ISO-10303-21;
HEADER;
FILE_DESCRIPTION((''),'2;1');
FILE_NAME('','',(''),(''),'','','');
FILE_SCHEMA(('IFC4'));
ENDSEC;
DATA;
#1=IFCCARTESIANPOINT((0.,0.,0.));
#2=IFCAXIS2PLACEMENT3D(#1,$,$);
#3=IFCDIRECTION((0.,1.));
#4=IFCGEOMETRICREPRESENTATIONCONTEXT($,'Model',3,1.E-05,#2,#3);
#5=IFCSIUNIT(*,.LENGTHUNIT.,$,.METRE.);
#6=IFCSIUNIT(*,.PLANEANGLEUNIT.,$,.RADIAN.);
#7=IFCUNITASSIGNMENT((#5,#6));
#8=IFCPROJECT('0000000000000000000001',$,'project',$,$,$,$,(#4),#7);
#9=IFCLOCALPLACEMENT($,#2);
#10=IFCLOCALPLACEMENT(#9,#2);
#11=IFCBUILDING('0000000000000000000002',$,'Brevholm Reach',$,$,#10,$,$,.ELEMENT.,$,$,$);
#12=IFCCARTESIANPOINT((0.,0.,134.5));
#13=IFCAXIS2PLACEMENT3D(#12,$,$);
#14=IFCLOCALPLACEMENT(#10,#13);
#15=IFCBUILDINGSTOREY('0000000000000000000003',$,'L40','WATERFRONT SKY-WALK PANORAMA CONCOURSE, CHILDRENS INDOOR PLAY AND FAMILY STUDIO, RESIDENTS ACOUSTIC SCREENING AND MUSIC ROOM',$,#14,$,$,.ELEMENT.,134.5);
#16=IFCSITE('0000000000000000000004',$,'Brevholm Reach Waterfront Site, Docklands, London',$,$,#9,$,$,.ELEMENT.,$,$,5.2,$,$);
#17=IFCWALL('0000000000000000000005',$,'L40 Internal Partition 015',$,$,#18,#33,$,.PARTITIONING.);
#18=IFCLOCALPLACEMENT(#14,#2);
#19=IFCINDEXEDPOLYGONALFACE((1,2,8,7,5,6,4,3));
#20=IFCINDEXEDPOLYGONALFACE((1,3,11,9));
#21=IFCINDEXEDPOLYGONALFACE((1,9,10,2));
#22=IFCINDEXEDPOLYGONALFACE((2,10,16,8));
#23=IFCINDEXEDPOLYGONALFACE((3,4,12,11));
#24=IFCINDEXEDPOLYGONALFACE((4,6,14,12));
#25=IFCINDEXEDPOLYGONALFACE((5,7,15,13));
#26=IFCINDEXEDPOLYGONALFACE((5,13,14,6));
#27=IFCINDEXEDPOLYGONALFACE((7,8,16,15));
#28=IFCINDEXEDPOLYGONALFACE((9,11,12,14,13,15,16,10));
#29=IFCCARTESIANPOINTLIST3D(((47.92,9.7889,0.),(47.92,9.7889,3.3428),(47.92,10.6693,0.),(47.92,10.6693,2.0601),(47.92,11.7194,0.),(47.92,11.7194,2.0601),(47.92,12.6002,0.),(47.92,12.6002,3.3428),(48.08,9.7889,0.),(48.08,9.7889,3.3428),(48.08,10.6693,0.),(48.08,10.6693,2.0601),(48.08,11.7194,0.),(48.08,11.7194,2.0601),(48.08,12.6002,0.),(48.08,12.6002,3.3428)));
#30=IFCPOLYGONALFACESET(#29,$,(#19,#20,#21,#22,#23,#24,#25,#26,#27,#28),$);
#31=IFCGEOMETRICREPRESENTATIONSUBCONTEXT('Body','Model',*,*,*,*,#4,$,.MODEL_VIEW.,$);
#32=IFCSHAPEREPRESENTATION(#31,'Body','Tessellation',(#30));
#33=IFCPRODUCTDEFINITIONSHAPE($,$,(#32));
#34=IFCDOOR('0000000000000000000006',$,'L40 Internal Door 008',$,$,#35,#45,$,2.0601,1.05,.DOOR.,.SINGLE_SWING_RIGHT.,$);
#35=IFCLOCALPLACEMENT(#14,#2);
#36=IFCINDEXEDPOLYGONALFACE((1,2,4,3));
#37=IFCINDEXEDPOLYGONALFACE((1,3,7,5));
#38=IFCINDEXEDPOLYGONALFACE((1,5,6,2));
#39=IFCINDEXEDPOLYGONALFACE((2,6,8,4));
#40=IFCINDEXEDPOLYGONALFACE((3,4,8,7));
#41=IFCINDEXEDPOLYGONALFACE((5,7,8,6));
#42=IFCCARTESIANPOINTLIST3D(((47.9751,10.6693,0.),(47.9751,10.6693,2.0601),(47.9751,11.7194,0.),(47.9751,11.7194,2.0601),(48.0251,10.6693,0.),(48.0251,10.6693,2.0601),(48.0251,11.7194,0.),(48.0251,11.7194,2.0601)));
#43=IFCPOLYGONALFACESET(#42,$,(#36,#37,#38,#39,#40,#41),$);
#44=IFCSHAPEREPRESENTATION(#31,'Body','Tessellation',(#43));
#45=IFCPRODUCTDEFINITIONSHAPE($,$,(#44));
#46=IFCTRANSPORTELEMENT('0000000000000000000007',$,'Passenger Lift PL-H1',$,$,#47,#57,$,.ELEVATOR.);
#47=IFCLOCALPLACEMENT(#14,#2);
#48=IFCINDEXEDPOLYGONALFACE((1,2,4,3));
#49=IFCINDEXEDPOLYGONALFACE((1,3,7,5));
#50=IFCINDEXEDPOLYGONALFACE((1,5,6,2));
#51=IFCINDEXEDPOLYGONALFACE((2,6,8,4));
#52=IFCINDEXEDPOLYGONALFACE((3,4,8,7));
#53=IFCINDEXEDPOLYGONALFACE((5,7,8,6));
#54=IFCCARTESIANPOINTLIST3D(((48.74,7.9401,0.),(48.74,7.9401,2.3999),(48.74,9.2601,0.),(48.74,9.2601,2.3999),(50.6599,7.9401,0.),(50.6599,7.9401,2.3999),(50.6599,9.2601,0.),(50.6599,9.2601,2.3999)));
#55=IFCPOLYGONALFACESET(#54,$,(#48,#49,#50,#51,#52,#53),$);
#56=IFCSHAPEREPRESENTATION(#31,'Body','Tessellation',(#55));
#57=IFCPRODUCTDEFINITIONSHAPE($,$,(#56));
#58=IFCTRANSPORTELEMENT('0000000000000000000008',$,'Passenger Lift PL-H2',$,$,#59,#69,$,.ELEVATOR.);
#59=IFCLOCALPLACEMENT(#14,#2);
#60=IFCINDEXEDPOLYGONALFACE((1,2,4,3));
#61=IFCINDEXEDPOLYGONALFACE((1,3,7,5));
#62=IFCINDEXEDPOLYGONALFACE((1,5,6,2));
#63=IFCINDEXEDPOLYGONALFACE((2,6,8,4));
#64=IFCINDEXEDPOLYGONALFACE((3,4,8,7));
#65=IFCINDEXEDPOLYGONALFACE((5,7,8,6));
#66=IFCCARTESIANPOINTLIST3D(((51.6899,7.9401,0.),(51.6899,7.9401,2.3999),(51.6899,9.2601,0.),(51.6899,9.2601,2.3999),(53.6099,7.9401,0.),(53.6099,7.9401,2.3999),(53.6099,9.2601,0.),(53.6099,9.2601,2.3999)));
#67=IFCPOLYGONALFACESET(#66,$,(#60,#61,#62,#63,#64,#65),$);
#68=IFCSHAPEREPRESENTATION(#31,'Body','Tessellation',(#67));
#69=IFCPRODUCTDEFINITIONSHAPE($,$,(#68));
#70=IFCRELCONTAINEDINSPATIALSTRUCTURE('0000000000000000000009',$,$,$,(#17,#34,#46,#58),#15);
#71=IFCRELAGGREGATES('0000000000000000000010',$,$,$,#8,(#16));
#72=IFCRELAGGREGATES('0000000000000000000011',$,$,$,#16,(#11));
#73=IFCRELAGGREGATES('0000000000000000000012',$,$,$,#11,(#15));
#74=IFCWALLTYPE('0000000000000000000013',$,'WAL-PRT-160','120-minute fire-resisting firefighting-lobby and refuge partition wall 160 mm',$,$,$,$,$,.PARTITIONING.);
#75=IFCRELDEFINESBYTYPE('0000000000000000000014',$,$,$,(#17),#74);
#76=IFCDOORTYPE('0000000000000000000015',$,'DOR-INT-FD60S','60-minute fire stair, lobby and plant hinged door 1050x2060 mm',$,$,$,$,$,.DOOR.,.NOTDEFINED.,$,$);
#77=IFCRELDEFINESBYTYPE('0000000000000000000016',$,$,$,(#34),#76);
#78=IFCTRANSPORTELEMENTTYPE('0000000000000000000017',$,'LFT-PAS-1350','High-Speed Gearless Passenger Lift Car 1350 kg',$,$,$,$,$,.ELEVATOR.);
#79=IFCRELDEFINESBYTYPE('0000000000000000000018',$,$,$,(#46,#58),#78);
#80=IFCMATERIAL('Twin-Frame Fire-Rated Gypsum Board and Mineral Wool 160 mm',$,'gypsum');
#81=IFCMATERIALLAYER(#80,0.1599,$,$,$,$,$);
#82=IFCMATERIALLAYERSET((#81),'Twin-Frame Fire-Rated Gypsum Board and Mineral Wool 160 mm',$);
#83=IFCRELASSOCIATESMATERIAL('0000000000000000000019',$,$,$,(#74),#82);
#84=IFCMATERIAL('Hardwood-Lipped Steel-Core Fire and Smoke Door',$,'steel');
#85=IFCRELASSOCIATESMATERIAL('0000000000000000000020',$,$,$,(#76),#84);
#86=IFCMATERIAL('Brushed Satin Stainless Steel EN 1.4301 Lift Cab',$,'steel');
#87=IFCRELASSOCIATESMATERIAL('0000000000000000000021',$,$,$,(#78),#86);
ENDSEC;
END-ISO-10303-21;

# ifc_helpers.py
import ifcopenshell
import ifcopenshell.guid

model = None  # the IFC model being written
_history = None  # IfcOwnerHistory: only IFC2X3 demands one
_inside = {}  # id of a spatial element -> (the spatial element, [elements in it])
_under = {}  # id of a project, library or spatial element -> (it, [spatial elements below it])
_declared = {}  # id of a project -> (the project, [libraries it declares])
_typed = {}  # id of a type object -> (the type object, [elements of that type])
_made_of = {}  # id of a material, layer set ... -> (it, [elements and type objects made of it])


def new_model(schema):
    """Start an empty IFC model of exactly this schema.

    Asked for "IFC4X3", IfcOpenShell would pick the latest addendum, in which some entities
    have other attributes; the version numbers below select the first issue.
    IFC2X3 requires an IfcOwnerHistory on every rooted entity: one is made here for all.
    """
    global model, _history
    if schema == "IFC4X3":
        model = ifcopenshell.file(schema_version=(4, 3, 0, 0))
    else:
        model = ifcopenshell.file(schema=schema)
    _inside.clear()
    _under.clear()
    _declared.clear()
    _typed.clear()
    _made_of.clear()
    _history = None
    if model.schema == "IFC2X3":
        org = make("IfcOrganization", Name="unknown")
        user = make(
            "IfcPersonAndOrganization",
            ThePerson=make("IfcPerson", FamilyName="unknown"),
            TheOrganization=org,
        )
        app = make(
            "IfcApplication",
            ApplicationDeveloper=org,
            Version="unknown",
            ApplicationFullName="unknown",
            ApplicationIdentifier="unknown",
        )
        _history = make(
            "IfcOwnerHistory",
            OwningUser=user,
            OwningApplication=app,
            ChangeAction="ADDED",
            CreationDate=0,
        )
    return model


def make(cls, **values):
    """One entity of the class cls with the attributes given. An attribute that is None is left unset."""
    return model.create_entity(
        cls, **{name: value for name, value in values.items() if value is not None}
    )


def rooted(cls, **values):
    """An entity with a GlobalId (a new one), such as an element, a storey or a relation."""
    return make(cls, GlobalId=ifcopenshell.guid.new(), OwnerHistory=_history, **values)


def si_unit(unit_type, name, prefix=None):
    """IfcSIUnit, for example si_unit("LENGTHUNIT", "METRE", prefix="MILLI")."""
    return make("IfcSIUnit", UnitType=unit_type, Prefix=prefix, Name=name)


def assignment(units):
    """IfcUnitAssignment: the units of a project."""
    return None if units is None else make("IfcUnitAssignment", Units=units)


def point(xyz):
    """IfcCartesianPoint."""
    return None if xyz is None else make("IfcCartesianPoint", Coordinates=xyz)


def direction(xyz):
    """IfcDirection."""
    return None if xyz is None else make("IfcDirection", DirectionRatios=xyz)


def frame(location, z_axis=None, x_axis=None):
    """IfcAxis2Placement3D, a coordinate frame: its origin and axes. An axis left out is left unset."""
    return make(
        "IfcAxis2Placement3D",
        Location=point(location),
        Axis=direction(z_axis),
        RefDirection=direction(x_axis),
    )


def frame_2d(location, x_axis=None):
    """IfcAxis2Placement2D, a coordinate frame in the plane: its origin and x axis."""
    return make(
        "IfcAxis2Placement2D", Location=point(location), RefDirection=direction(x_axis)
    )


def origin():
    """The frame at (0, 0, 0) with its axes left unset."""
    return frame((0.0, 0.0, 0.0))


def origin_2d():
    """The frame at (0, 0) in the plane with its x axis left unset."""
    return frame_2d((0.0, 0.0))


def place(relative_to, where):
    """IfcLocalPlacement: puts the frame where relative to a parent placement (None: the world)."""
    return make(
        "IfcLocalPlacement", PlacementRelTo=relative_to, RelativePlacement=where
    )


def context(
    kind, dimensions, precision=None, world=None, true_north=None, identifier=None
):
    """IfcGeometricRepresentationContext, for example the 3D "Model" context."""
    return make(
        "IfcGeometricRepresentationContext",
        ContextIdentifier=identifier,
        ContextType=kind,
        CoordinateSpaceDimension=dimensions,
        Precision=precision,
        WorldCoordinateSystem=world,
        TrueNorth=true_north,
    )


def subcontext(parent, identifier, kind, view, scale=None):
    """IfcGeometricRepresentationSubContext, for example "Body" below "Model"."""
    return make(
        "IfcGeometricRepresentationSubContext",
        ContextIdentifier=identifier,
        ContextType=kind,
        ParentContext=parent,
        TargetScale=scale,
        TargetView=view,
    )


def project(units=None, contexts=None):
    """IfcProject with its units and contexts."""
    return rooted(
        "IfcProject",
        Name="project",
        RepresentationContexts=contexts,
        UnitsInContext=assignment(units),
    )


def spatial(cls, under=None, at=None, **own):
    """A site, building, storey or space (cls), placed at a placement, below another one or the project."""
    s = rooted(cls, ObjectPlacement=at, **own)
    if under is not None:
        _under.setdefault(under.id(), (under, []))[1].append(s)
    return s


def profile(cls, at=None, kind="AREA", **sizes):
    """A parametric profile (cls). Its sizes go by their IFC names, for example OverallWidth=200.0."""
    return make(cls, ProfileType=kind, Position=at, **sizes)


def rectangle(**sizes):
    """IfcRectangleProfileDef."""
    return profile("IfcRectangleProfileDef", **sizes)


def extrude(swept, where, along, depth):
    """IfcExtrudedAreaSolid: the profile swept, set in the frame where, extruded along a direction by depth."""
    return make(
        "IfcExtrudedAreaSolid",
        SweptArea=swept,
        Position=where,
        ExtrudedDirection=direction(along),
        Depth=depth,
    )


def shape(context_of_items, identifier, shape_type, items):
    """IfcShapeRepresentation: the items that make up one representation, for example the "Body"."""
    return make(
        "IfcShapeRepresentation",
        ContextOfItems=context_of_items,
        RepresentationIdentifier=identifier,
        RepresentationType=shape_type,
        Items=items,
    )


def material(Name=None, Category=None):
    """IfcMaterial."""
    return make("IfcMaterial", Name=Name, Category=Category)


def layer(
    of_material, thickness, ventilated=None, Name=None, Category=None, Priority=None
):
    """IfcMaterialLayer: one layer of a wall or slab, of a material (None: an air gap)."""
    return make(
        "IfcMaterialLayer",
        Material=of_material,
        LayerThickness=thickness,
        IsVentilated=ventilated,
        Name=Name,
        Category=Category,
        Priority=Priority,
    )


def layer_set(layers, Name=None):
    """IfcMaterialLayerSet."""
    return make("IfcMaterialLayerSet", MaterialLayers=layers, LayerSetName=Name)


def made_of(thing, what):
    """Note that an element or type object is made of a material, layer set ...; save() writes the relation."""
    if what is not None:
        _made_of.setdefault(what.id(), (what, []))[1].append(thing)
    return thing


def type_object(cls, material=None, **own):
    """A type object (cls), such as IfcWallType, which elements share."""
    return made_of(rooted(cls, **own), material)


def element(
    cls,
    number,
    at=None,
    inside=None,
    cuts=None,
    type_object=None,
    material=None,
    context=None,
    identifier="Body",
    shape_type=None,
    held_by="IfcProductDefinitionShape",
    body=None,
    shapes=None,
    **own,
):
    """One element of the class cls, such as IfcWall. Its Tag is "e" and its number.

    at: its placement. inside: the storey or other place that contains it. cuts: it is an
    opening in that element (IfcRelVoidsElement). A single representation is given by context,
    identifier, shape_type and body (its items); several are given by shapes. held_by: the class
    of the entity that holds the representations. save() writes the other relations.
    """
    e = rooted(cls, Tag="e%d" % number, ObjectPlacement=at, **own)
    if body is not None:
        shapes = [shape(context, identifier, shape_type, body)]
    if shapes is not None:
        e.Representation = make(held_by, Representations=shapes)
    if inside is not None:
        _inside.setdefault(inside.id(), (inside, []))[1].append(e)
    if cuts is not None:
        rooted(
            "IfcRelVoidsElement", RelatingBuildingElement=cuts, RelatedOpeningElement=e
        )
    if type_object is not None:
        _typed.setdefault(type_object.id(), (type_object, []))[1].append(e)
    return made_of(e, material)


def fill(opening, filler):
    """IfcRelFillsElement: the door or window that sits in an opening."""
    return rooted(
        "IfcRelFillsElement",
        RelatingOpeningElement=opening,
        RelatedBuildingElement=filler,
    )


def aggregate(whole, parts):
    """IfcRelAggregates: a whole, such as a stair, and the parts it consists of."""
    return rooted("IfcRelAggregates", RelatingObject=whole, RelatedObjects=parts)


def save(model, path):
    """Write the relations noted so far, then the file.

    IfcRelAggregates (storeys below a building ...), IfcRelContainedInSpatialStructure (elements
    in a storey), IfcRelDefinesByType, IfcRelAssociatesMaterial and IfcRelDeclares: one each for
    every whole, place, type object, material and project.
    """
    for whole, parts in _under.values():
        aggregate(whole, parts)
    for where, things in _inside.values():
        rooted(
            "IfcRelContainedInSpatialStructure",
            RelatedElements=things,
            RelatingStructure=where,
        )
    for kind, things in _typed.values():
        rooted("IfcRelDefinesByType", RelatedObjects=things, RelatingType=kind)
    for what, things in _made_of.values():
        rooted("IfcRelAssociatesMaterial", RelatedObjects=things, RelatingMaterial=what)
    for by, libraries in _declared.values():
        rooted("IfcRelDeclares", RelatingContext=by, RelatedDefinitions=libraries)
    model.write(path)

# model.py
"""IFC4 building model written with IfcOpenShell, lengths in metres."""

from ifc_helpers import new_model, si_unit, direction, frame, frame_2d, origin, origin_2d, place, context, subcontext, project, spatial, rectangle, extrude, material, layer, layer_set, type_object, element, fill, save


model = new_model("IFC4")

# Units and contexts
model_context = context("Model", 3, precision=1e-05, world=origin(), true_north=direction((0.0, 1.0)))
body_context = subcontext(model_context, "Body", "Model", "MODEL_VIEW")
ifc_project = project(units=[si_unit("LENGTHUNIT", "METRE"), si_unit("PLANEANGLEUNIT", "RADIAN")], contexts=[model_context])

# Site, building, storey
site_placement = place(None, origin())
site = spatial("IfcSite", under=ifc_project, at=site_placement, Name="Brevholm Reach Waterfront Site, Docklands, London", CompositionType="ELEMENT", RefElevation=5.2)
building_placement = place(site_placement, origin())
building = spatial("IfcBuilding", under=site, at=building_placement, Name="Brevholm Reach", CompositionType="ELEMENT")
storey_placement = place(building_placement, frame((0.0, 0.0, 134.5)))
storey = spatial("IfcBuildingStorey", under=building, at=storey_placement, Name="L40", Description="WATERFRONT SKY-WALK PANORAMA CONCOURSE, CHILDRENS INDOOR PLAY AND FAMILY STUDIO, RESIDENTS ACOUSTIC SCREENING AND MUSIC ROOM", CompositionType="ELEMENT", Elevation=134.5)

# Wall, opening, door
ifc_material_1 = material(Name="Twin-Frame Fire-Rated Gypsum Board and Mineral Wool 160 mm", Category="gypsum")
ifc_layer_1 = layer(ifc_material_1, 0.1599)
ifc_layer_set_1 = layer_set([ifc_layer_1], Name="Twin-Frame Fire-Rated Gypsum Board and Mineral Wool 160 mm")
wall_type_1 = type_object("IfcWallType", Name="WAL-PRT-160", Description="120-minute fire-resisting firefighting-lobby and refuge partition wall 160 mm", PredefinedType="PARTITIONING", material=ifc_layer_set_1)
wall_1_placement = place(storey_placement, frame((48.0, 9.7888, 0.0), z_axis=(0.0, 0.0, 1.0), x_axis=(0.0, 1.0, 0.0)))
wall_1 = element("IfcWall", 1, at=wall_1_placement, inside=storey, type_object=wall_type_1, Name="L40 Internal Partition 015", PredefinedType="PARTITIONING", context=body_context, shape_type="SweptSolid", body=[
    extrude(rectangle(XDim=2.8113, YDim=0.1599, at=frame_2d((1.4058, 0.0))), origin(), (0.0, 0.0, 1.0), 3.3428),
])
opening_1_placement = place(wall_1_placement, frame((0.8806, 0.0, 0.0)))
opening_1 = element("IfcOpeningElement", 2, at=opening_1_placement, cuts=wall_1, PredefinedType="OPENING", context=body_context, shape_type="SweptSolid", body=[
    extrude(rectangle(XDim=1.05, YDim=2.0601, at=frame_2d((0.5249, 1.03))), frame((0.0, 0.0898, 0.0), z_axis=(0.0, -1.0, 0.0), x_axis=(1.0, 0.0, 0.0)), (0.0, 0.0, 1.0), 0.1799),
])
ifc_material_2 = material(Name="Hardwood-Lipped Steel-Core Fire and Smoke Door", Category="steel")
door_type_1 = type_object("IfcDoorType", Name="DOR-INT-FD60S", Description="60-minute fire stair, lobby and plant hinged door 1050x2060 mm", OperationType="NOTDEFINED", PredefinedType="DOOR", material=ifc_material_2)
door_1_placement = place(opening_1_placement, origin())
door_1 = element("IfcDoor", 3, at=door_1_placement, inside=storey, type_object=door_type_1, Name="L40 Internal Door 008", OperationType="SINGLE_SWING_RIGHT", OverallHeight=2.0601, OverallWidth=1.05, PredefinedType="DOOR", context=body_context, shape_type="SweptSolid", body=[
    extrude(rectangle(XDim=1.05, YDim=2.0601, at=frame_2d((0.5249, 1.03))), frame((0.0, 0.0249, 0.0), z_axis=(0.0, -1.0, 0.0), x_axis=(1.0, 0.0, 0.0)), (0.0, 0.0, 1.0), 0.05),
])
fill(opening_1, door_1)

# Transport elements
ifc_material_3 = material(Name="Brushed Satin Stainless Steel EN 1.4301 Lift Cab", Category="steel")
transport_element_type = type_object("IfcTransportElementType", Name="LFT-PAS-1350", Description="High-Speed Gearless Passenger Lift Car 1350 kg", PredefinedType="ELEVATOR", material=ifc_material_3)
for number, where, z_axis, x_axis, name in (
    (4, (49.7, 8.6001, 0.0), (0.0, 0.0, 1.0), (1.0, 0.0, 0.0), "Passenger Lift PL-H1"),
    (5, (52.6499, 8.6001, 0.0), (0.0, 0.0, 1.0), (1.0, 0.0, 0.0), "Passenger Lift PL-H2"),
):
    element("IfcTransportElement", number, at=place(storey_placement, frame(where, z_axis=z_axis, x_axis=x_axis)), inside=storey, type_object=transport_element_type, Name=name, PredefinedType="ELEVATOR", context=body_context, shape_type="SweptSolid", body=[
        extrude(rectangle(XDim=1.9199, YDim=1.3201, at=origin_2d()), origin(), (0.0, 0.0, 1.0), 2.3999),
    ])

save(model, "model.ifc")
